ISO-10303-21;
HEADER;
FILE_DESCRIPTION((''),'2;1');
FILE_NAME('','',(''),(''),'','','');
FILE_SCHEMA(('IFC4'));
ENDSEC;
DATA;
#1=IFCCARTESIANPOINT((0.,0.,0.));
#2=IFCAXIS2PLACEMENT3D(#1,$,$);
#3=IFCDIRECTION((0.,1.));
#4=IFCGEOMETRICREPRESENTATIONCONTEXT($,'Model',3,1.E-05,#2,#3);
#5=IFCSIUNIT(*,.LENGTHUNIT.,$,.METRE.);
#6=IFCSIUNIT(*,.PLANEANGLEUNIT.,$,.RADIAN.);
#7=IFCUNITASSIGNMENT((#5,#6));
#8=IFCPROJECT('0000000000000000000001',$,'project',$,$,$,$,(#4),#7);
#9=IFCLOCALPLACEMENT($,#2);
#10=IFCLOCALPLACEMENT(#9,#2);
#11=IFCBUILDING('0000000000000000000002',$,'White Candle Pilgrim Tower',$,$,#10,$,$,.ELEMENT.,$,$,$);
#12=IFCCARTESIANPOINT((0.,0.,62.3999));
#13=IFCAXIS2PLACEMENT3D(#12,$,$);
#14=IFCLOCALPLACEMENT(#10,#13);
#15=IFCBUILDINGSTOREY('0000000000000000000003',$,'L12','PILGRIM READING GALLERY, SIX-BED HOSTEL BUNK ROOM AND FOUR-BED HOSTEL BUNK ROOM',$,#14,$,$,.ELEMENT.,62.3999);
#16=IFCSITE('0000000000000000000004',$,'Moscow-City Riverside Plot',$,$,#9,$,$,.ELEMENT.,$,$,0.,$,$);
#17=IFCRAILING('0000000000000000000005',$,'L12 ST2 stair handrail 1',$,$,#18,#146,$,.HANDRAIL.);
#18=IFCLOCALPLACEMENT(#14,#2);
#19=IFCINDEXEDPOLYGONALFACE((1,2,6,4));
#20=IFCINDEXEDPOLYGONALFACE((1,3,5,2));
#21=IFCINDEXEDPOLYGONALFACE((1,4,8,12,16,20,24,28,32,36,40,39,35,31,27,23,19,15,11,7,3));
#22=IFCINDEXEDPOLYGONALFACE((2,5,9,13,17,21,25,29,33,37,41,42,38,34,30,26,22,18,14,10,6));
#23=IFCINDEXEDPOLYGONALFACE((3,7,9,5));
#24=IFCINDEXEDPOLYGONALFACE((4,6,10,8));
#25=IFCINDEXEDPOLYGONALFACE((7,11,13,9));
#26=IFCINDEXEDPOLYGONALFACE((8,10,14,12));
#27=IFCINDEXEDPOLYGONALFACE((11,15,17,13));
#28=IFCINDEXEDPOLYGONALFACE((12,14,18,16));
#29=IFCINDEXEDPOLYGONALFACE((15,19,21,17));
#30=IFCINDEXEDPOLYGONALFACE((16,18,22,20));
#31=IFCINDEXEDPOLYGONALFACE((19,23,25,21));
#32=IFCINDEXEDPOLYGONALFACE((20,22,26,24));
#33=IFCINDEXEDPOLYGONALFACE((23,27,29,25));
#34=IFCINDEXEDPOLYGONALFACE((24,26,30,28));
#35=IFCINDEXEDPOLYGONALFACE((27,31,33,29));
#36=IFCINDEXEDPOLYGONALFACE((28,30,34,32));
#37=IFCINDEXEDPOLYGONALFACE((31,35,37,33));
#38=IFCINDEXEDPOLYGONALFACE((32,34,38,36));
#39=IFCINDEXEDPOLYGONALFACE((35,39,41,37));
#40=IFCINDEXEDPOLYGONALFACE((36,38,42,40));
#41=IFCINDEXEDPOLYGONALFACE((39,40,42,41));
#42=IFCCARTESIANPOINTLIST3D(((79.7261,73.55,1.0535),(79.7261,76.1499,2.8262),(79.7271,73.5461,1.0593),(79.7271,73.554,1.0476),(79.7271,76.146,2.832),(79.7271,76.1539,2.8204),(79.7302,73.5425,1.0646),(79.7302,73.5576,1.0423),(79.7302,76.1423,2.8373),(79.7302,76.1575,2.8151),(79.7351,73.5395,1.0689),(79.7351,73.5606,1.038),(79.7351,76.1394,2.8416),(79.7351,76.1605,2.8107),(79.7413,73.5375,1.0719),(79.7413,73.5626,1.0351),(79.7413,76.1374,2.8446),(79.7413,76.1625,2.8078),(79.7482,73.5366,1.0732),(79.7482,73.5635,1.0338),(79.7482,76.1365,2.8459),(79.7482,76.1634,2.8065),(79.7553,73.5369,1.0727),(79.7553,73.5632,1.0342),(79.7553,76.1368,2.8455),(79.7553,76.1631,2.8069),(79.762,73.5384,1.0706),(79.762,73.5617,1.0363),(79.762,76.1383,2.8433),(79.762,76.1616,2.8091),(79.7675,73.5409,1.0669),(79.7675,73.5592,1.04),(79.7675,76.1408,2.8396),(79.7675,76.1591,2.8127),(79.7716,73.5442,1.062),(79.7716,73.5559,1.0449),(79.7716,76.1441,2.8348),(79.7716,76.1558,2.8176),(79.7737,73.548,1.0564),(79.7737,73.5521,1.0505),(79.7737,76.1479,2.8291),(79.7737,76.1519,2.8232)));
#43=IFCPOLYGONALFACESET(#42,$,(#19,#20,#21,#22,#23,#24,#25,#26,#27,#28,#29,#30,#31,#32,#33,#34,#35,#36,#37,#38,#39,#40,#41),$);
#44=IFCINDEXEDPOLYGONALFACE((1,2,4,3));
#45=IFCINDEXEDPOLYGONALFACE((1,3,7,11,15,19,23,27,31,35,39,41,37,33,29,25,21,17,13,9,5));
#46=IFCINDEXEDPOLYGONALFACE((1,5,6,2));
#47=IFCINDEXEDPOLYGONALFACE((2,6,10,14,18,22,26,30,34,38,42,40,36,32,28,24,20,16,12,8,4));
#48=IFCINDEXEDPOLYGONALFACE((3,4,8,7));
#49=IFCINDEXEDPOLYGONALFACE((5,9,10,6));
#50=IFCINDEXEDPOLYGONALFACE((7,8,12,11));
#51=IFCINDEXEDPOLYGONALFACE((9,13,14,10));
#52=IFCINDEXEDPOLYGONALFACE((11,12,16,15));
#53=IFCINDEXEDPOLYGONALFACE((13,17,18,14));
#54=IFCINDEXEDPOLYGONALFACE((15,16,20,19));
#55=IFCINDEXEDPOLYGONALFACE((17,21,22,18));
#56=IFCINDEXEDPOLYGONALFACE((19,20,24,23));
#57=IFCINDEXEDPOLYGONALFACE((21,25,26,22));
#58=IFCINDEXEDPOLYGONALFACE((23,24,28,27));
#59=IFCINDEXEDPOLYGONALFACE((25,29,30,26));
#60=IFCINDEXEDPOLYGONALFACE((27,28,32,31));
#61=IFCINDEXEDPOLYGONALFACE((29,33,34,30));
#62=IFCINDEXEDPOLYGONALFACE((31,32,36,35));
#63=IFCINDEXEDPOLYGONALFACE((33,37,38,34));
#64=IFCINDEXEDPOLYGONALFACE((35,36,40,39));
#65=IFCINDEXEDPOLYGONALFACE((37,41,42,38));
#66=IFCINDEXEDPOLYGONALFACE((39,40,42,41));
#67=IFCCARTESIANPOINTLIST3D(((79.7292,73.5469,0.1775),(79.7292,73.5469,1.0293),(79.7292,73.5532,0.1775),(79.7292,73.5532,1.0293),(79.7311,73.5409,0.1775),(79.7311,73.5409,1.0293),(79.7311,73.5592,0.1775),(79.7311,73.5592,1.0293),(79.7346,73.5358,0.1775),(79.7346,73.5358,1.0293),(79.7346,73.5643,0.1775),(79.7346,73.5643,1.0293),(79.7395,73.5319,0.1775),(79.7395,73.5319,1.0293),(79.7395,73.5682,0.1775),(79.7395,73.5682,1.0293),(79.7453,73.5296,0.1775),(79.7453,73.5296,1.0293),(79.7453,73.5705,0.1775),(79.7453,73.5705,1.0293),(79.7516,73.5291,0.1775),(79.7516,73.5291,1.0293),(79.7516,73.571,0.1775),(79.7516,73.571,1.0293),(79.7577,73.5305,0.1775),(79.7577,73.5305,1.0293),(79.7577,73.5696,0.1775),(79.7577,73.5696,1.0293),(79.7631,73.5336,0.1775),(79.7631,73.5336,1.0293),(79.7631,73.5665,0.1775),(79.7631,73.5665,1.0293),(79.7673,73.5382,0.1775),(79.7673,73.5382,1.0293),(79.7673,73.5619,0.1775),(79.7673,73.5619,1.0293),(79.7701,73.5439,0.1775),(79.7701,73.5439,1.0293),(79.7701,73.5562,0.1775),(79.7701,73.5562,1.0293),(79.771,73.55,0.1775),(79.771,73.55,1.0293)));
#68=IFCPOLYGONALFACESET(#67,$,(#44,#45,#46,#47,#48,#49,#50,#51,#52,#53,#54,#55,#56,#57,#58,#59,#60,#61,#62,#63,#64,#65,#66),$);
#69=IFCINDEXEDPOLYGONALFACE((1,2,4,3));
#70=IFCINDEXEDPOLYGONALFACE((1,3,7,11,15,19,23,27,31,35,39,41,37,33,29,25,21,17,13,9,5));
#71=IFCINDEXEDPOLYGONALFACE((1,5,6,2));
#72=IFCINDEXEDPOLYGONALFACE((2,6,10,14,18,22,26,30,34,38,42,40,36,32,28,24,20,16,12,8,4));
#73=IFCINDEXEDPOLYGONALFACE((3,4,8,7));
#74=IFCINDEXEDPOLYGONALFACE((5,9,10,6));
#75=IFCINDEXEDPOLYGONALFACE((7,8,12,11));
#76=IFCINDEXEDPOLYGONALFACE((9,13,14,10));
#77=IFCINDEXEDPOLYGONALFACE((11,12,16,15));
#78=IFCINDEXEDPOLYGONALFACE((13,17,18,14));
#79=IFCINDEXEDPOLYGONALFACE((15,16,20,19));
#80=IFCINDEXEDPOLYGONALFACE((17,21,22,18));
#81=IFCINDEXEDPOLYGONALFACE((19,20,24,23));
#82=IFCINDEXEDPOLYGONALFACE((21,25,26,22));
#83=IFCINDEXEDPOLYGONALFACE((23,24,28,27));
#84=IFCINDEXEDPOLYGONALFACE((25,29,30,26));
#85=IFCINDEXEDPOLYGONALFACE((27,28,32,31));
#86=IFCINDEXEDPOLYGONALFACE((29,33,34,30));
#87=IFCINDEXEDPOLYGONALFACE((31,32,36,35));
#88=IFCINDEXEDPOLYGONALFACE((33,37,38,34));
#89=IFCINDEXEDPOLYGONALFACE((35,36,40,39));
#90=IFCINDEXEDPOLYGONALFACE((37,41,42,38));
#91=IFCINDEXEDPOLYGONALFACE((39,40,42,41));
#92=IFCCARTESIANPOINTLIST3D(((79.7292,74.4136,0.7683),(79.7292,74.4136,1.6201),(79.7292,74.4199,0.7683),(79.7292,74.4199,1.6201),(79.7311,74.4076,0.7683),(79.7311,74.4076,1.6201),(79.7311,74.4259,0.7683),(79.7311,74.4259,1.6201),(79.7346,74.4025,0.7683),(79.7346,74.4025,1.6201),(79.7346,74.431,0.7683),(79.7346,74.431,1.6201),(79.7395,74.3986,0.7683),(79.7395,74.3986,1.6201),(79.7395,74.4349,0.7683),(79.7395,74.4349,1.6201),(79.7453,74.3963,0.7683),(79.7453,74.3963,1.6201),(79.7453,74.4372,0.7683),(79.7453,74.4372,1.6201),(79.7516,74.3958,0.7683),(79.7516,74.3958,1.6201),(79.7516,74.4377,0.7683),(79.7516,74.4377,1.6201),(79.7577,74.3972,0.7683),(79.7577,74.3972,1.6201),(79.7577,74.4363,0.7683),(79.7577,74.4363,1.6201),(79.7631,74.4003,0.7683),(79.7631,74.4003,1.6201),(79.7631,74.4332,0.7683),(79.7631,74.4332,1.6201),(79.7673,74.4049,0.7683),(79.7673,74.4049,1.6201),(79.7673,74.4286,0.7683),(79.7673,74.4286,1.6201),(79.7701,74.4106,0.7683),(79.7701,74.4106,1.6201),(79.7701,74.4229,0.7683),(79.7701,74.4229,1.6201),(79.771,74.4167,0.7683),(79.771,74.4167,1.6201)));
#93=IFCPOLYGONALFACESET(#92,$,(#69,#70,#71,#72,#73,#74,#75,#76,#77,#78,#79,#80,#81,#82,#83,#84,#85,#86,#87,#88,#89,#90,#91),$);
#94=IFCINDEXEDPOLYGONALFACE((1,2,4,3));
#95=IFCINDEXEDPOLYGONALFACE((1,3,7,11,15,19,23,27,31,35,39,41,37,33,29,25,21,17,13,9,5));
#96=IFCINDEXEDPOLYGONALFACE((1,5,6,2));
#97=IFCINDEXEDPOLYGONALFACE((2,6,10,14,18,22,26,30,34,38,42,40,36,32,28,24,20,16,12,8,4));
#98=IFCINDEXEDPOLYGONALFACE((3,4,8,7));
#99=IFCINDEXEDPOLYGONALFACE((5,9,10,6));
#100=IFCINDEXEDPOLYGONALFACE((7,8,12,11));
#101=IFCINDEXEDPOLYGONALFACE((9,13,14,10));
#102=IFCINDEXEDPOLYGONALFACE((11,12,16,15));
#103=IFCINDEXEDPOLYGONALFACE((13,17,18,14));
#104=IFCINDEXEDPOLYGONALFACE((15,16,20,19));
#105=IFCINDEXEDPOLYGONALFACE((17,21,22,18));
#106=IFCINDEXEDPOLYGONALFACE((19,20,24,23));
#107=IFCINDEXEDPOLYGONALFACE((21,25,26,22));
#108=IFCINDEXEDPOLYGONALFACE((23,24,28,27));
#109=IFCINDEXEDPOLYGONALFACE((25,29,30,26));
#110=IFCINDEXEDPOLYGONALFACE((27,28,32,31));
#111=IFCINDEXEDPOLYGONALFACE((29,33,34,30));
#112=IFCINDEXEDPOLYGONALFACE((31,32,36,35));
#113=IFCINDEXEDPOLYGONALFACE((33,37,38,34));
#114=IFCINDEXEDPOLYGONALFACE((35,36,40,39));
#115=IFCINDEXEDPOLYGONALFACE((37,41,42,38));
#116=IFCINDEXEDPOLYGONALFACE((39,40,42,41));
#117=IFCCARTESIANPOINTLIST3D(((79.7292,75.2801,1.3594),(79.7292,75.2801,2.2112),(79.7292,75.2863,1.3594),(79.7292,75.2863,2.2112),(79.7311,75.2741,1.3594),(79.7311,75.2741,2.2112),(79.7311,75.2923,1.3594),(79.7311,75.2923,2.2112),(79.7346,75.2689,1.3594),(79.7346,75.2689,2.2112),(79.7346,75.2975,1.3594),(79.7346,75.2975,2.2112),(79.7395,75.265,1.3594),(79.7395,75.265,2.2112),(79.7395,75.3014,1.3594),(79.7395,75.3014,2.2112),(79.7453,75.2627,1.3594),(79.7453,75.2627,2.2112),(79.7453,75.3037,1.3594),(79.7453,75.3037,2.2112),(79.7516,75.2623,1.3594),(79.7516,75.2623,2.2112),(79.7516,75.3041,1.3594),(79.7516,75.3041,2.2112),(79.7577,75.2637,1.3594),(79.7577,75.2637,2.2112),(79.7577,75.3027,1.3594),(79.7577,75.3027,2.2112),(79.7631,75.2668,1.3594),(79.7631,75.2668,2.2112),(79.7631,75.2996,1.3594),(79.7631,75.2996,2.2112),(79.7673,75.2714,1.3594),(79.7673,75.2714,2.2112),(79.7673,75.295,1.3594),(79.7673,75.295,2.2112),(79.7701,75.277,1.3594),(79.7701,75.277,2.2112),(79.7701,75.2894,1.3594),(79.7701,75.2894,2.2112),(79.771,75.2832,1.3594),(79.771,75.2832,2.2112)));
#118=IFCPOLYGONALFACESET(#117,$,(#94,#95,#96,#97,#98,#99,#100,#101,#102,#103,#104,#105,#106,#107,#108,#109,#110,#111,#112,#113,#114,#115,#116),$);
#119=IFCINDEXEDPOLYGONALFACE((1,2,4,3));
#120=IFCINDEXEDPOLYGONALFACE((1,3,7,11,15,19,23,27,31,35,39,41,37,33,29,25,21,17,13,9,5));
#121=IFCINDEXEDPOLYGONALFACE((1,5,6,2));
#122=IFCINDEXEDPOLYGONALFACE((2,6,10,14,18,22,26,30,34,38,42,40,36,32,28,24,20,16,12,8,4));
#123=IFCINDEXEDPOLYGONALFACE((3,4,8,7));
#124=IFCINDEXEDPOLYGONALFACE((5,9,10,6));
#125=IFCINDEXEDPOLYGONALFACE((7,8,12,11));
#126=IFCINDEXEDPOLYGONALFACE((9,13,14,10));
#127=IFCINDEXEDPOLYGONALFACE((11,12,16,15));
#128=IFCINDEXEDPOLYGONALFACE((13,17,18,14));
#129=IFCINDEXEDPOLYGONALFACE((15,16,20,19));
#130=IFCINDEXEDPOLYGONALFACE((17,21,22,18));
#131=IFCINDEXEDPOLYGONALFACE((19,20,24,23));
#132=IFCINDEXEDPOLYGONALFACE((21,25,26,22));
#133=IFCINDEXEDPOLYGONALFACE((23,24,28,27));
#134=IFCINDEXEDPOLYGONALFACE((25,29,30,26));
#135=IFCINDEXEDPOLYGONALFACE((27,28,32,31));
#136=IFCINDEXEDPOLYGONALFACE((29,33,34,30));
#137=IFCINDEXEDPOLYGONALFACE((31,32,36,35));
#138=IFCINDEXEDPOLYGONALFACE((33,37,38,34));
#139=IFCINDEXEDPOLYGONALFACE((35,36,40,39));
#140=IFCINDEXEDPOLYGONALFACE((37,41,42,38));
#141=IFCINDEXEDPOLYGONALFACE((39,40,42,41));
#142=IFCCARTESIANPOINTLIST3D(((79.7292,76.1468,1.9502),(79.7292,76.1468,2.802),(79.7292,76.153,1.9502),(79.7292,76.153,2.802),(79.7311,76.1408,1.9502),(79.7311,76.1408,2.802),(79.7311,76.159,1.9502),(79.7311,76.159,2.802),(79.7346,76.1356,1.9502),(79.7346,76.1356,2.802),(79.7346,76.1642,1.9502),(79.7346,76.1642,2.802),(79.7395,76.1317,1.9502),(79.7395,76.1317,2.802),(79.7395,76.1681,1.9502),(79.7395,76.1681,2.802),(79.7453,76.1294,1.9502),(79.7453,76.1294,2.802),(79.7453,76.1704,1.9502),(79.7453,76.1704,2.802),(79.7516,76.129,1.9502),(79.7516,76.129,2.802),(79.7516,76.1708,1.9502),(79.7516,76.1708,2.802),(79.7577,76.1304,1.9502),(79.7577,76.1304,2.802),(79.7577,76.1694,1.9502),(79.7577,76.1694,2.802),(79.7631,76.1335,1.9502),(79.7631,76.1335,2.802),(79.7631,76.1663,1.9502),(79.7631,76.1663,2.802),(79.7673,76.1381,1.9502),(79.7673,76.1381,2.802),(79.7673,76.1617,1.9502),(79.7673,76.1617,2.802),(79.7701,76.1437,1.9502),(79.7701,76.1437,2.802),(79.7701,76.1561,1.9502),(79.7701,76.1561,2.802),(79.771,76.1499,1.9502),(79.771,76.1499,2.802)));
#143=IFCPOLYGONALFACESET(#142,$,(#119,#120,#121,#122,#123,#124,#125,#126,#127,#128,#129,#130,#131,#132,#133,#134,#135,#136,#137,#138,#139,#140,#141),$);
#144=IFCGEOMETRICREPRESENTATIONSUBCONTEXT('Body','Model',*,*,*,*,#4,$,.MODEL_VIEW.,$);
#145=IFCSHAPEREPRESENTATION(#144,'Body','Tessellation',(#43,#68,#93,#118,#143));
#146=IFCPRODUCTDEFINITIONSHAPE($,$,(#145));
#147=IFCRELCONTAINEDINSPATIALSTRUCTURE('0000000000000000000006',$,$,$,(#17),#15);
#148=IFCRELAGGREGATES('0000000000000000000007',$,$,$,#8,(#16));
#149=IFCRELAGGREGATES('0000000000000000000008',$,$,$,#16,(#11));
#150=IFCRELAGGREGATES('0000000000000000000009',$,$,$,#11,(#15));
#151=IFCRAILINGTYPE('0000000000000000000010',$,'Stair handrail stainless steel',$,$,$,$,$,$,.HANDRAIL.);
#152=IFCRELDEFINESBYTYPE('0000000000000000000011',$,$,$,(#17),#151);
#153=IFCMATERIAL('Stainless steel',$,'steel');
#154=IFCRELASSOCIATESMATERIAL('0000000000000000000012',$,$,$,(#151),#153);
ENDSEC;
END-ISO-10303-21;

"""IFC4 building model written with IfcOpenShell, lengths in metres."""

from ifc_helpers import new_model, si_unit, direction, frame, origin, origin_2d, place, context, subcontext, project, spatial, circle, extrude, material, type_object, element, save


model = new_model("IFC4")

# Units and contexts
model_context = context("Model", 3, precision=1e-05, world=origin(), true_north=direction((0.0, 1.0)))
body_context = subcontext(model_context, "Body", "Model", "MODEL_VIEW")
ifc_project = project(units=[si_unit("LENGTHUNIT", "METRE"), si_unit("PLANEANGLEUNIT", "RADIAN")], contexts=[model_context])

# Site, building, storey
site_placement = place(None, origin())
site = spatial("IfcSite", under=ifc_project, at=site_placement, Name="Moscow-City Riverside Plot", CompositionType="ELEMENT", RefElevation=0.0)
building_placement = place(site_placement, origin())
building = spatial("IfcBuilding", under=site, at=building_placement, Name="White Candle Pilgrim Tower", CompositionType="ELEMENT")
storey_placement = place(building_placement, frame((0.0, 0.0, 62.3999)))
storey = spatial("IfcBuildingStorey", under=building, at=storey_placement, Name="L12", Description="PILGRIM READING GALLERY, SIX-BED HOSTEL BUNK ROOM AND FOUR-BED HOSTEL BUNK ROOM", CompositionType="ELEMENT", Elevation=62.3999)

# Railing
ifc_material_1 = material(Name="Stainless steel", Category="steel")
railing_type_1 = type_object("IfcRailingType", Name="Stair handrail stainless steel", PredefinedType="HANDRAIL", material=ifc_material_1)
railing_1_placement = place(storey_placement, frame((79.75, 73.55, 0.1775)))
element("IfcRailing", 1, at=railing_1_placement, inside=storey, type_object=railing_type_1, Name="L12 ST2 stair handrail 1", PredefinedType="HANDRAIL", context=body_context, shape_type="SweptSolid", body=[
    extrude(circle(Radius=0.0239, at=origin_2d()), frame((0.0, 0.0, 0.876), z_axis=(0.0, 0.826216, 0.563354), x_axis=(-1.0, 0.0, 0.0)), (0.0, 0.0, 1.0), 3.1467),
    extrude(circle(Radius=0.021, at=origin_2d()), origin(), (0.0, 0.0, 1.0), 0.8518),
    extrude(circle(Radius=0.021, at=origin_2d()), frame((0.0, 0.8667, 0.5908)), (0.0, 0.0, 1.0), 0.8518),
    extrude(circle(Radius=0.021, at=origin_2d()), frame((0.0, 1.7332, 1.1819)), (0.0, 0.0, 1.0), 0.8518),
    extrude(circle(Radius=0.021, at=origin_2d()), frame((0.0, 2.5999, 1.7727)), (0.0, 0.0, 1.0), 0.8518),
])

save(model, "model.ifc")
